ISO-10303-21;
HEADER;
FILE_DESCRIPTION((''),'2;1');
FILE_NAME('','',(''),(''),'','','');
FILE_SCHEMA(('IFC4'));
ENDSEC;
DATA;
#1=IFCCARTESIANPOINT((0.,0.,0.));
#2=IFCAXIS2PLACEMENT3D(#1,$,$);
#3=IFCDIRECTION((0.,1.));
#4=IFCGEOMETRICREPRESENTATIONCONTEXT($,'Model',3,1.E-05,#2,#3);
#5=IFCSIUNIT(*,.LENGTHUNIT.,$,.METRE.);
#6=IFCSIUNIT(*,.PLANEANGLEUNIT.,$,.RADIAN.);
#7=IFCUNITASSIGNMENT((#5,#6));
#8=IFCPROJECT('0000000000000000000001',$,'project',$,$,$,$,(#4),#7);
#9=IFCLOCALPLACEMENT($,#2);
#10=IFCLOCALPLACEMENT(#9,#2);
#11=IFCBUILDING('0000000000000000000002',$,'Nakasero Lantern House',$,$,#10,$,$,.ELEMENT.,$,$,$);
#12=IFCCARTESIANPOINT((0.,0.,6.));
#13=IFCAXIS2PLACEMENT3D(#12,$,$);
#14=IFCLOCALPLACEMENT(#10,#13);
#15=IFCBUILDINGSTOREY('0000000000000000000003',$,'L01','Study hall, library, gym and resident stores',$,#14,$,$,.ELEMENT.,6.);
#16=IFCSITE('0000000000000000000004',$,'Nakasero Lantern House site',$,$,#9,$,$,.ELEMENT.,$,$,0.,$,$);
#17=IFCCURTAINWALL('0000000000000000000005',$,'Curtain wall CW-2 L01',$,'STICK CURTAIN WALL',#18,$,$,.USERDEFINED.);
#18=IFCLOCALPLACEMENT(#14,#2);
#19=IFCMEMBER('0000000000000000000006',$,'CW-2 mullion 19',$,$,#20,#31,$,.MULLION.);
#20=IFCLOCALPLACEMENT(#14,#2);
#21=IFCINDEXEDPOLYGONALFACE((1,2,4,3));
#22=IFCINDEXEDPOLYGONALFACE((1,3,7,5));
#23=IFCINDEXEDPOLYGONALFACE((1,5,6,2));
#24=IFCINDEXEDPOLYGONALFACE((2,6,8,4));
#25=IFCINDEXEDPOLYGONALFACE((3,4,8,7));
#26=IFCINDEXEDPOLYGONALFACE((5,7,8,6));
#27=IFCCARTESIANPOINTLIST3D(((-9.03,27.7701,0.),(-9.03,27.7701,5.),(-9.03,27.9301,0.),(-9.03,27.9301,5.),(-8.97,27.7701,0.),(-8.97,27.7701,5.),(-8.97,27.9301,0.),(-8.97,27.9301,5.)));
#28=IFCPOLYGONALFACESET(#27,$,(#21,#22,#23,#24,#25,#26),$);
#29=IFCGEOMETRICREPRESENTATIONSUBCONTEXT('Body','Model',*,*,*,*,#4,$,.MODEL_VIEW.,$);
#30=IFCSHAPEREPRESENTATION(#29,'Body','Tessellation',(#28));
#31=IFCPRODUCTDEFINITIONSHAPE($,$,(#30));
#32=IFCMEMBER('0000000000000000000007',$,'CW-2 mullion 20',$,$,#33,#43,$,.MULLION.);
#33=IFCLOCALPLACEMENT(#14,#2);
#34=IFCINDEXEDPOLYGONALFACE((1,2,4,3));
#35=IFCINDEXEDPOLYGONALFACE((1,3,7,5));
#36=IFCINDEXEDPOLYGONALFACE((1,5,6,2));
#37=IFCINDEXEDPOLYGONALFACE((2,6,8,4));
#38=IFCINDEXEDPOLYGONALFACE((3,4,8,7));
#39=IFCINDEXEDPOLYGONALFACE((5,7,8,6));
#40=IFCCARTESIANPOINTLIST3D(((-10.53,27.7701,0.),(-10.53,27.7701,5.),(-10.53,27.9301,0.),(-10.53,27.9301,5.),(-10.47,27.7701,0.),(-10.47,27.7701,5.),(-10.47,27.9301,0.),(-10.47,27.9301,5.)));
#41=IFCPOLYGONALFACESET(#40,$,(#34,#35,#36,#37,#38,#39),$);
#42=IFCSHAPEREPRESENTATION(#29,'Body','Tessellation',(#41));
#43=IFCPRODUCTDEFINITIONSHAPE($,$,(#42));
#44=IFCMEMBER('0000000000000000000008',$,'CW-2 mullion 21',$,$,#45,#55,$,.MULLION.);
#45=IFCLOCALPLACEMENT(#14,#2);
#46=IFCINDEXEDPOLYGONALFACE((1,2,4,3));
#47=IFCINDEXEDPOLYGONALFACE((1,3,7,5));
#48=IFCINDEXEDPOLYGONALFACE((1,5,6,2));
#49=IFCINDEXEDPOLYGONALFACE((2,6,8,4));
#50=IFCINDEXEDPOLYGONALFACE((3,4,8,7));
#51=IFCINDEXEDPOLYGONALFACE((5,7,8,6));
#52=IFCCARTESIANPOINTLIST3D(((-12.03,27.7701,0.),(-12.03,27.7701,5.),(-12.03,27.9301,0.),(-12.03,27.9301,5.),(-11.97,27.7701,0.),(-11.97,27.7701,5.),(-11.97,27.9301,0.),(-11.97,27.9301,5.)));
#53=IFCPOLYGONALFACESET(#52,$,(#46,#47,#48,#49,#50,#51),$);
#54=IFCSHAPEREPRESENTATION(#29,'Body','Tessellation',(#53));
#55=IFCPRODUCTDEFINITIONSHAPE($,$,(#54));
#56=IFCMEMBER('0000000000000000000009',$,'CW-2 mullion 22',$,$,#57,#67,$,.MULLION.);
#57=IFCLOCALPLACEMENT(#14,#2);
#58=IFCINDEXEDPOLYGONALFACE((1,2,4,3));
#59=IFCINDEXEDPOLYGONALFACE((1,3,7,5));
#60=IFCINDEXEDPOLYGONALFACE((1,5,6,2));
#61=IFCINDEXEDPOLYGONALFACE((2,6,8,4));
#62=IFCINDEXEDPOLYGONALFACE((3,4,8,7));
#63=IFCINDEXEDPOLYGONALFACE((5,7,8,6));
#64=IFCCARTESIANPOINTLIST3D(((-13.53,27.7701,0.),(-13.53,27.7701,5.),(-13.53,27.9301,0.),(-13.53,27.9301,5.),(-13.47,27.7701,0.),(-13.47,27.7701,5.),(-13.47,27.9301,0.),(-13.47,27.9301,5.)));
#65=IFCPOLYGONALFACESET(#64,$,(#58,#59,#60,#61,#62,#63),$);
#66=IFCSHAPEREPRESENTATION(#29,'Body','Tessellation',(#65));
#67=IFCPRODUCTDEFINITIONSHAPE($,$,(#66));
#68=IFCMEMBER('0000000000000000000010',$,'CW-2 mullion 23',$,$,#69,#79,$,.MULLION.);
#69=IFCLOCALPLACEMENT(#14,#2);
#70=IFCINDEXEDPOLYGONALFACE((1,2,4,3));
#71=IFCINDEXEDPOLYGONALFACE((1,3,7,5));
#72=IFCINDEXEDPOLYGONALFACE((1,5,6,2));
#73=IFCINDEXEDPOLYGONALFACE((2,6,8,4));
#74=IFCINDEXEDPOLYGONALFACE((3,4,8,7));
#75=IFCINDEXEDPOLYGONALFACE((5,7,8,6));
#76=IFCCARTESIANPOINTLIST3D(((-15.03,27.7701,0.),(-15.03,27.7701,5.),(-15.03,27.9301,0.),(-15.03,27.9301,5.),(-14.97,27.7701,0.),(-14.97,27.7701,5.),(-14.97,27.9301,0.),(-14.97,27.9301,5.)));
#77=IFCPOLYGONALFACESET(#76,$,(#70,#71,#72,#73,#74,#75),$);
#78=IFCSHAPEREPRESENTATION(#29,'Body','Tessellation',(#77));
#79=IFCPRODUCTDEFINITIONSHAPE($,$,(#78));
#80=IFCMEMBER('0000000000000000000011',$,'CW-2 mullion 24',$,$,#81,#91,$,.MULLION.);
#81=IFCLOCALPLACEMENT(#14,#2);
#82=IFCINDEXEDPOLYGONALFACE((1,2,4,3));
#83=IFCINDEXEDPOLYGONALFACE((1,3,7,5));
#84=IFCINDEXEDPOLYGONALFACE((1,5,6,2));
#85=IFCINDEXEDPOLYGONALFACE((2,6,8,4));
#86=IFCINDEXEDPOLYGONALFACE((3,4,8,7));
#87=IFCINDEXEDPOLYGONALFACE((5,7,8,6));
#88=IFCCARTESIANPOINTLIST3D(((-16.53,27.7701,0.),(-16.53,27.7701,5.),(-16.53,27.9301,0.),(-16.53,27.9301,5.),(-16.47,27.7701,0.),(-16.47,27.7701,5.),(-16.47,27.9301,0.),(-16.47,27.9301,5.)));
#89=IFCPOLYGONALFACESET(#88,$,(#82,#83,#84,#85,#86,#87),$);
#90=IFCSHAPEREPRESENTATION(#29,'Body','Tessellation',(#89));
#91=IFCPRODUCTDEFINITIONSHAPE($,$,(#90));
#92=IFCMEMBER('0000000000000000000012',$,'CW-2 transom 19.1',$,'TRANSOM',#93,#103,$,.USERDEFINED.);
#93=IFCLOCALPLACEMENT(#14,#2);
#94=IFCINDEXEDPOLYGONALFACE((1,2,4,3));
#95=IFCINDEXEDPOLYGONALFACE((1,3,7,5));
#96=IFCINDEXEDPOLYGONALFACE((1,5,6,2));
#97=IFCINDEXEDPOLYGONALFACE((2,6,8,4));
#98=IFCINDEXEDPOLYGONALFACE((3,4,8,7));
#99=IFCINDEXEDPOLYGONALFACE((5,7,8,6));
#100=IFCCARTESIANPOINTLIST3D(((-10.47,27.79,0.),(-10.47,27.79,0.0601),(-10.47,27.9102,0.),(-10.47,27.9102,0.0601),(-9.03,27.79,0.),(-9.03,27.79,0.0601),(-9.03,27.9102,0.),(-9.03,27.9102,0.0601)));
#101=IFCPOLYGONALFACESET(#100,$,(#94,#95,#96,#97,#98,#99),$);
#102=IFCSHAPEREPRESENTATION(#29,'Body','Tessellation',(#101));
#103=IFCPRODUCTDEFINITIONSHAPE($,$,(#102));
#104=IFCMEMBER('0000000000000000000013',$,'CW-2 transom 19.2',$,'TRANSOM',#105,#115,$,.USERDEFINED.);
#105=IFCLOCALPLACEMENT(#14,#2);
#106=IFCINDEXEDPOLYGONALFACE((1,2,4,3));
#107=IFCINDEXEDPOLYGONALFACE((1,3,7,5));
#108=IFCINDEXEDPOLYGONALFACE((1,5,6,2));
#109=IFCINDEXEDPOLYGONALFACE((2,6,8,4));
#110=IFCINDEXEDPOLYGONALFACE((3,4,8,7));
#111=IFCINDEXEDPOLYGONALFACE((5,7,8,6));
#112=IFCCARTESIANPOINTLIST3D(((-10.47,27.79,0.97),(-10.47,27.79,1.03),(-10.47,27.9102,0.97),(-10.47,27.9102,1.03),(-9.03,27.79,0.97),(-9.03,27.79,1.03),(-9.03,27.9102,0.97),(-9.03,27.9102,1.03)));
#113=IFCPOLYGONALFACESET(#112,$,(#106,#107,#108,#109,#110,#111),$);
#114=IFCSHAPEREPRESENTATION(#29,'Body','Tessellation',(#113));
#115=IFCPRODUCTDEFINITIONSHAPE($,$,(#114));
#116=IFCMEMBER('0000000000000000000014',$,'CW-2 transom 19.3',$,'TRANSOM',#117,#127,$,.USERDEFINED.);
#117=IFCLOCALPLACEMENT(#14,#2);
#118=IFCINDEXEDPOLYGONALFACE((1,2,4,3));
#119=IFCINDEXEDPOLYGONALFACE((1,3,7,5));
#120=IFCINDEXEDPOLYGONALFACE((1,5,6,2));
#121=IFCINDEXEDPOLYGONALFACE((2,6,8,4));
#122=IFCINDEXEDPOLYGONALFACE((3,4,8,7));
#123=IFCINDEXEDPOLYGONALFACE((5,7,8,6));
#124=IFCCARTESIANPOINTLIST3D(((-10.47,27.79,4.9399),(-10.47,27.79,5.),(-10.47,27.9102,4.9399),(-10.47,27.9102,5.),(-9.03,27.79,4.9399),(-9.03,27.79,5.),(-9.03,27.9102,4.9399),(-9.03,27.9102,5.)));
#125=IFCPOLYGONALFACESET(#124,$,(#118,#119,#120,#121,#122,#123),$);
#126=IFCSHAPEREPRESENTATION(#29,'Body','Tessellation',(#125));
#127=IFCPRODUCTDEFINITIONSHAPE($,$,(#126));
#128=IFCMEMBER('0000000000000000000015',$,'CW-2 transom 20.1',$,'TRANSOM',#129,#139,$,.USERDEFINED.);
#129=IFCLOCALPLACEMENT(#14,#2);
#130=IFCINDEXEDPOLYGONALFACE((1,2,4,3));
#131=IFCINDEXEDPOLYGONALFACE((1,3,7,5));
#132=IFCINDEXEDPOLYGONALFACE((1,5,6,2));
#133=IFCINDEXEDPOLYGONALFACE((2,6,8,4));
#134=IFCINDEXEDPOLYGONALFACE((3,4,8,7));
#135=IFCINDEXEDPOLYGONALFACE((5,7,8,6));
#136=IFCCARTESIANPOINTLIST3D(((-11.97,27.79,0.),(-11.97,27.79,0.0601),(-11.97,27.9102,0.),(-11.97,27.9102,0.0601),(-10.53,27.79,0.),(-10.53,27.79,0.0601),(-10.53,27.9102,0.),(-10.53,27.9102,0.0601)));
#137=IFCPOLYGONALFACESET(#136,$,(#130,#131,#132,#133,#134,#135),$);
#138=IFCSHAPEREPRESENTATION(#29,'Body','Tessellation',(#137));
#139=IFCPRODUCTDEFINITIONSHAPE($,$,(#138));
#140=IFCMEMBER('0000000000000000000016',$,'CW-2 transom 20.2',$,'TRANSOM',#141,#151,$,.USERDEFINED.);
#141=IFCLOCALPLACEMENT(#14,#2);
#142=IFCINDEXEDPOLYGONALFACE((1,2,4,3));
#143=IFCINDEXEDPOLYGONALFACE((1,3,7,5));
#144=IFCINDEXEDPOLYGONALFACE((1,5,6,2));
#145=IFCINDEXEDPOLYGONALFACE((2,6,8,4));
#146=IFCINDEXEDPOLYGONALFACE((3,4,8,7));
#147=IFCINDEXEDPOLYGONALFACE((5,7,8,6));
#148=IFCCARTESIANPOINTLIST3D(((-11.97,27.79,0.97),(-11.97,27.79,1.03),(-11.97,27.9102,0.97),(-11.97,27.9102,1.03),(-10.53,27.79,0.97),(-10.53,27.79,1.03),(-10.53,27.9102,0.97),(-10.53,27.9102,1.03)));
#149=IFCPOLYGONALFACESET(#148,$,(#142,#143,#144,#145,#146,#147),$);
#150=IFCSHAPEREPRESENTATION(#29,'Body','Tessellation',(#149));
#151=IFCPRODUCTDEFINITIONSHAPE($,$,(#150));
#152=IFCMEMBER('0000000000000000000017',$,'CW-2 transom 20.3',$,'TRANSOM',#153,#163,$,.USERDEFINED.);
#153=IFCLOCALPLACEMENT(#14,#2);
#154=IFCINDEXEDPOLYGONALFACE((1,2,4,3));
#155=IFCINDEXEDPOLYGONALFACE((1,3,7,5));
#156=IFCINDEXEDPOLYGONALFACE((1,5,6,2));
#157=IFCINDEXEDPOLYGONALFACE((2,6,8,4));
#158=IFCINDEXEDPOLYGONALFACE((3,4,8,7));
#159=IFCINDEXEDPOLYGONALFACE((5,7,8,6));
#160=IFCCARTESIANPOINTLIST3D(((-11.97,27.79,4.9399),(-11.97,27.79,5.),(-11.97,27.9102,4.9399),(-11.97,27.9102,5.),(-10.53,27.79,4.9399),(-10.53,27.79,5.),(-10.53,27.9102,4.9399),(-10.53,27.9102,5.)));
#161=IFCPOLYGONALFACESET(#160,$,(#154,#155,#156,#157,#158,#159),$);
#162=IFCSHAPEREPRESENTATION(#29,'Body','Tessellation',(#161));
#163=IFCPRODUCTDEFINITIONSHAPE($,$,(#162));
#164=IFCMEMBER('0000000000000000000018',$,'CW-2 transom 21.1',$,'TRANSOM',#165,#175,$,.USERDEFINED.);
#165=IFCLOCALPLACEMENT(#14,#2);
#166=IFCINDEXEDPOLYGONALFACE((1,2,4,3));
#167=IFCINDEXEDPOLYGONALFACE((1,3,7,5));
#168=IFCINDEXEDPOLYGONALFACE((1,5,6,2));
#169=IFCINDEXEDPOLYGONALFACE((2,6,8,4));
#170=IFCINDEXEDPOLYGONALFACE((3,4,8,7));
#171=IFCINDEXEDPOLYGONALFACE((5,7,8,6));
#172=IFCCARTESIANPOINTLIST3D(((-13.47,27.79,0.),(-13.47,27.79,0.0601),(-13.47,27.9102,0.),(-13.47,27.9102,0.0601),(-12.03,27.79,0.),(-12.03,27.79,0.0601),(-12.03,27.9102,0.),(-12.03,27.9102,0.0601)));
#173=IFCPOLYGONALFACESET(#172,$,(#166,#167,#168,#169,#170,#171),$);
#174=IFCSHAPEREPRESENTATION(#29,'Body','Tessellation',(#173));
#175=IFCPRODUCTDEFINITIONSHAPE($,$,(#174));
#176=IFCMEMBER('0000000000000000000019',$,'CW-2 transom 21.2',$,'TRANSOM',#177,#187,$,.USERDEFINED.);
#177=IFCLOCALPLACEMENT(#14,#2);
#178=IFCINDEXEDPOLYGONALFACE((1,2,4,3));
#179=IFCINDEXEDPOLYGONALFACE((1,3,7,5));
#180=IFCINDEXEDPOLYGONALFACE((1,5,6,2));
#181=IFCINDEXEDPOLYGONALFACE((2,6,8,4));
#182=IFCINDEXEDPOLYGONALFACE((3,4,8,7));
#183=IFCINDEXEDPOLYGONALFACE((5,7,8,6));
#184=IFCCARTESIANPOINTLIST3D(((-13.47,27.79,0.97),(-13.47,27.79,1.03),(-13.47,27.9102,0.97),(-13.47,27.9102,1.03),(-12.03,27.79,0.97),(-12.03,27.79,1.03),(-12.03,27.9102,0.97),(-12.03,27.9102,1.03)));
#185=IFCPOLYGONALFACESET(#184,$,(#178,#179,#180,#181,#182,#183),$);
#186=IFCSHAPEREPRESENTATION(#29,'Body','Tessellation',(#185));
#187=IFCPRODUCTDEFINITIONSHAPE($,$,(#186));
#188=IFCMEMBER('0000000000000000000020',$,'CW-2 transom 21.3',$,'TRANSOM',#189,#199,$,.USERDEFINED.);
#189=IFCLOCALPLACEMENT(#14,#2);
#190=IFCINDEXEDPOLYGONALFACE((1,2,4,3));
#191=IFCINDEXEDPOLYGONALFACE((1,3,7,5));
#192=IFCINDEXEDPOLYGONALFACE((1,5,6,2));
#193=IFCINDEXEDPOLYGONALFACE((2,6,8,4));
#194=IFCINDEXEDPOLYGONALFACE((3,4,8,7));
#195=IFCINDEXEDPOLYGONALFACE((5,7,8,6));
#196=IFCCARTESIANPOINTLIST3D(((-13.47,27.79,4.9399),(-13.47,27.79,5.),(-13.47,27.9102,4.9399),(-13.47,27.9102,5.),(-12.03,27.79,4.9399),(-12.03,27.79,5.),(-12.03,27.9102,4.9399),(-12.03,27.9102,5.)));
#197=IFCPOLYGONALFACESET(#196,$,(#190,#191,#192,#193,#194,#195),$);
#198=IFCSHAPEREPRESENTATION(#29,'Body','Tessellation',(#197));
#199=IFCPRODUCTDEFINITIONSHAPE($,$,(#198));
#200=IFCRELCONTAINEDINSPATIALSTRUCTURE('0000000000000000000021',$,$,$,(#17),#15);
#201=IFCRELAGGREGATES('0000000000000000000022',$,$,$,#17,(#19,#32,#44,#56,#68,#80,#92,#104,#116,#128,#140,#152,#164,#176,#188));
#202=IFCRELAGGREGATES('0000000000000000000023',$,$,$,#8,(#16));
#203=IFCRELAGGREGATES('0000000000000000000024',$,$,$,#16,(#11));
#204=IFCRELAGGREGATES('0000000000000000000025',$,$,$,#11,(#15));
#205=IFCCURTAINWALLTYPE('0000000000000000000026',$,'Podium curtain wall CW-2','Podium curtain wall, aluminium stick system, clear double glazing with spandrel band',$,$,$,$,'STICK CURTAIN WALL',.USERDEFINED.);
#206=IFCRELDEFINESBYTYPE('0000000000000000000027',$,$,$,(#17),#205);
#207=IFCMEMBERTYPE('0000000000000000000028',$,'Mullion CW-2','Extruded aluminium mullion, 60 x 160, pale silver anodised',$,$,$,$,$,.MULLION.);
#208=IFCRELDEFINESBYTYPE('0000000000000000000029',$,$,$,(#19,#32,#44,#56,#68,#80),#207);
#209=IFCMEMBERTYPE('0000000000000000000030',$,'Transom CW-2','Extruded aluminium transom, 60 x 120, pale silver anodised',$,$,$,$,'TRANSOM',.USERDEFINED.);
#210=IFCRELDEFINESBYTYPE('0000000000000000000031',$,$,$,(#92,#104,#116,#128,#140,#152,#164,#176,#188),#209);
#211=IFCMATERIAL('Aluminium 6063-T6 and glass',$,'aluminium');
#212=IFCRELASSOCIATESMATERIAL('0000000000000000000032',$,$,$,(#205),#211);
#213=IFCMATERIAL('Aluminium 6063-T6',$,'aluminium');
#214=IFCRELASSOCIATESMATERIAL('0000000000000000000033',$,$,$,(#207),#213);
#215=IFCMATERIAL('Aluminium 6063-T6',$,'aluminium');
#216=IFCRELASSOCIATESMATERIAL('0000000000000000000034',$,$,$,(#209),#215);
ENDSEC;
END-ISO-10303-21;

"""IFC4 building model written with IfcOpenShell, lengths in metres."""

from ifc_helpers import new_model, si_unit, direction, frame, origin, origin_2d, place, context, subcontext, project, spatial, rectangle, extrude, material, material_profile, profile_set, type_object, element, aggregate, save


model = new_model("IFC4")

# Units and contexts
model_context = context("Model", 3, precision=1e-05, world=origin(), true_north=direction((0.0, 1.0)))
body_context = subcontext(model_context, "Body", "Model", "MODEL_VIEW")
ifc_project = project(units=[si_unit("LENGTHUNIT", "METRE"), si_unit("PLANEANGLEUNIT", "RADIAN")], contexts=[model_context])

# Site, building, storey
site_placement = place(None, origin())
site = spatial("IfcSite", under=ifc_project, at=site_placement, Name="Nakasero Lantern House site", CompositionType="ELEMENT", RefElevation=0.0)
building_placement = place(site_placement, origin())
building = spatial("IfcBuilding", under=site, at=building_placement, Name="Nakasero Lantern House", CompositionType="ELEMENT")
storey_placement = place(building_placement, frame((0.0, 0.0, 6.0)))
storey = spatial("IfcBuildingStorey", under=building, at=storey_placement, Name="L01", Description="Study hall, library, gym and resident stores", CompositionType="ELEMENT", Elevation=6.0)

# Curtain wall, members
ifc_material_1 = material(Name="Aluminium 6063-T6 and glass", Category="aluminium")
curtain_wall_type = type_object("IfcCurtainWallType", Name="Podium curtain wall CW-2", Description="Podium curtain wall, aluminium stick system, clear double glazing with spandrel band", ElementType="STICK CURTAIN WALL", PredefinedType="USERDEFINED", material=ifc_material_1)
curtain_wall_placement = place(storey_placement, origin())
curtain_wall = element("IfcCurtainWall", 1, at=curtain_wall_placement, inside=storey, type_object=curtain_wall_type, Name="Curtain wall CW-2 L01", ObjectType="STICK CURTAIN WALL", PredefinedType="USERDEFINED")
ifc_material_2 = material(Name="Aluminium 6063-T6", Category="aluminium")
ifc_material_profile_1 = material_profile(ifc_material_2, rectangle(XDim=0.0601, YDim=0.1599, at=origin_2d()), Name="CW-2 mullion 60x160")
ifc_profile_set_1 = profile_set([ifc_material_profile_1], Name="Aluminium 6063-T6")
member_type_1 = type_object("IfcMemberType", Name="Mullion CW-2", Description="Extruded aluminium mullion, 60 x 160, pale silver anodised", PredefinedType="MULLION", material=ifc_profile_set_1)
member_1_placement = place(storey_placement, frame((-9.0, 27.8501, 0.0), z_axis=(0.0, 0.0, 1.0), x_axis=(-1.0, 0.0, 0.0)))
member_1 = element("IfcMember", 2, at=member_1_placement, type_object=member_type_1, Name="CW-2 mullion 19", PredefinedType="MULLION", context=body_context, shape_type="SweptSolid", body=[
    extrude(rectangle(XDim=0.0601, YDim=0.1599, at=origin_2d()), origin(), (0.0, 0.0, 1.0), 5.0),
])
member_2_placement = place(storey_placement, frame((-10.5, 27.8501, 0.0), z_axis=(0.0, 0.0, 1.0), x_axis=(-1.0, 0.0, 0.0)))
member_2 = element("IfcMember", 3, at=member_2_placement, type_object=member_type_1, Name="CW-2 mullion 20", PredefinedType="MULLION", context=body_context, shape_type="SweptSolid", body=[
    extrude(rectangle(XDim=0.0601, YDim=0.1599, at=origin_2d()), origin(), (0.0, 0.0, 1.0), 5.0),
])
member_3_placement = place(storey_placement, frame((-12.0, 27.8501, 0.0), z_axis=(0.0, 0.0, 1.0), x_axis=(-1.0, 0.0, 0.0)))
member_3 = element("IfcMember", 4, at=member_3_placement, type_object=member_type_1, Name="CW-2 mullion 21", PredefinedType="MULLION", context=body_context, shape_type="SweptSolid", body=[
    extrude(rectangle(XDim=0.0601, YDim=0.1599, at=origin_2d()), origin(), (0.0, 0.0, 1.0), 5.0),
])
member_4_placement = place(storey_placement, frame((-13.5, 27.8501, 0.0), z_axis=(0.0, 0.0, 1.0), x_axis=(-1.0, 0.0, 0.0)))
member_4 = element("IfcMember", 5, at=member_4_placement, type_object=member_type_1, Name="CW-2 mullion 22", PredefinedType="MULLION", context=body_context, shape_type="SweptSolid", body=[
    extrude(rectangle(XDim=0.0601, YDim=0.1599, at=origin_2d()), origin(), (0.0, 0.0, 1.0), 5.0),
])
member_5_placement = place(storey_placement, frame((-15.0, 27.8501, 0.0), z_axis=(0.0, 0.0, 1.0), x_axis=(-1.0, 0.0, 0.0)))
member_5 = element("IfcMember", 6, at=member_5_placement, type_object=member_type_1, Name="CW-2 mullion 23", PredefinedType="MULLION", context=body_context, shape_type="SweptSolid", body=[
    extrude(rectangle(XDim=0.0601, YDim=0.1599, at=origin_2d()), origin(), (0.0, 0.0, 1.0), 5.0),
])
member_6_placement = place(storey_placement, frame((-16.5, 27.8501, 0.0), z_axis=(0.0, 0.0, 1.0), x_axis=(-1.0, 0.0, 0.0)))
member_6 = element("IfcMember", 7, at=member_6_placement, type_object=member_type_1, Name="CW-2 mullion 24", PredefinedType="MULLION", context=body_context, shape_type="SweptSolid", body=[
    extrude(rectangle(XDim=0.0601, YDim=0.1599, at=origin_2d()), origin(), (0.0, 0.0, 1.0), 5.0),
])
ifc_material_3 = material(Name="Aluminium 6063-T6", Category="aluminium")
ifc_material_profile_2 = material_profile(ifc_material_3, rectangle(XDim=0.0601, YDim=0.1201, at=origin_2d()), Name="CW-2 transom 60x120")
ifc_profile_set_2 = profile_set([ifc_material_profile_2], Name="Aluminium 6063-T6")
member_type_2 = type_object("IfcMemberType", Name="Transom CW-2", Description="Extruded aluminium transom, 60 x 120, pale silver anodised", ElementType="TRANSOM", PredefinedType="USERDEFINED", material=ifc_profile_set_2)
member_7_placement = place(storey_placement, frame((-9.03, 27.8501, 0.03), z_axis=(-1.0, 0.0, 0.0), x_axis=(0.0, 0.0, 1.0)))
member_7 = element("IfcMember", 8, at=member_7_placement, type_object=member_type_2, Name="CW-2 transom 19.1", ObjectType="TRANSOM", PredefinedType="USERDEFINED", context=body_context, shape_type="SweptSolid", body=[
    extrude(rectangle(XDim=0.0601, YDim=0.1201, at=origin_2d()), origin(), (0.0, 0.0, 1.0), 1.4399),
])
member_8_placement = place(storey_placement, frame((-9.03, 27.8501, 1.0), z_axis=(-1.0, 0.0, 0.0), x_axis=(0.0, 0.0, 1.0)))
member_8 = element("IfcMember", 9, at=member_8_placement, type_object=member_type_2, Name="CW-2 transom 19.2", ObjectType="TRANSOM", PredefinedType="USERDEFINED", context=body_context, shape_type="SweptSolid", body=[
    extrude(rectangle(XDim=0.0601, YDim=0.1201, at=origin_2d()), origin(), (0.0, 0.0, 1.0), 1.4399),
])
member_9_placement = place(storey_placement, frame((-9.03, 27.8501, 4.97), z_axis=(-1.0, 0.0, 0.0), x_axis=(0.0, 0.0, 1.0)))
member_9 = element("IfcMember", 10, at=member_9_placement, type_object=member_type_2, Name="CW-2 transom 19.3", ObjectType="TRANSOM", PredefinedType="USERDEFINED", context=body_context, shape_type="SweptSolid", body=[
    extrude(rectangle(XDim=0.0601, YDim=0.1201, at=origin_2d()), origin(), (0.0, 0.0, 1.0), 1.4399),
])
member_10_placement = place(storey_placement, frame((-10.53, 27.8501, 0.03), z_axis=(-1.0, 0.0, 0.0), x_axis=(0.0, 0.0, 1.0)))
member_10 = element("IfcMember", 11, at=member_10_placement, type_object=member_type_2, Name="CW-2 transom 20.1", ObjectType="TRANSOM", PredefinedType="USERDEFINED", context=body_context, shape_type="SweptSolid", body=[
    extrude(rectangle(XDim=0.0601, YDim=0.1201, at=origin_2d()), origin(), (0.0, 0.0, 1.0), 1.4399),
])
member_11_placement = place(storey_placement, frame((-10.53, 27.8501, 1.0), z_axis=(-1.0, 0.0, 0.0), x_axis=(0.0, 0.0, 1.0)))
member_11 = element("IfcMember", 12, at=member_11_placement, type_object=member_type_2, Name="CW-2 transom 20.2", ObjectType="TRANSOM", PredefinedType="USERDEFINED", context=body_context, shape_type="SweptSolid", body=[
    extrude(rectangle(XDim=0.0601, YDim=0.1201, at=origin_2d()), origin(), (0.0, 0.0, 1.0), 1.4399),
])
member_12_placement = place(storey_placement, frame((-10.53, 27.8501, 4.97), z_axis=(-1.0, 0.0, 0.0), x_axis=(0.0, 0.0, 1.0)))
member_12 = element("IfcMember", 13, at=member_12_placement, type_object=member_type_2, Name="CW-2 transom 20.3", ObjectType="TRANSOM", PredefinedType="USERDEFINED", context=body_context, shape_type="SweptSolid", body=[
    extrude(rectangle(XDim=0.0601, YDim=0.1201, at=origin_2d()), origin(), (0.0, 0.0, 1.0), 1.4399),
])
member_13_placement = place(storey_placement, frame((-12.03, 27.8501, 0.03), z_axis=(-1.0, 0.0, 0.0), x_axis=(0.0, 0.0, 1.0)))
member_13 = element("IfcMember", 14, at=member_13_placement, type_object=member_type_2, Name="CW-2 transom 21.1", ObjectType="TRANSOM", PredefinedType="USERDEFINED", context=body_context, shape_type="SweptSolid", body=[
    extrude(rectangle(XDim=0.0601, YDim=0.1201, at=origin_2d()), origin(), (0.0, 0.0, 1.0), 1.4399),
])
member_14_placement = place(storey_placement, frame((-12.03, 27.8501, 1.0), z_axis=(-1.0, 0.0, 0.0), x_axis=(0.0, 0.0, 1.0)))
member_14 = element("IfcMember", 15, at=member_14_placement, type_object=member_type_2, Name="CW-2 transom 21.2", ObjectType="TRANSOM", PredefinedType="USERDEFINED", context=body_context, shape_type="SweptSolid", body=[
    extrude(rectangle(XDim=0.0601, YDim=0.1201, at=origin_2d()), origin(), (0.0, 0.0, 1.0), 1.4399),
])
member_15_placement = place(storey_placement, frame((-12.03, 27.8501, 4.97), z_axis=(-1.0, 0.0, 0.0), x_axis=(0.0, 0.0, 1.0)))
member_15 = element("IfcMember", 16, at=member_15_placement, type_object=member_type_2, Name="CW-2 transom 21.3", ObjectType="TRANSOM", PredefinedType="USERDEFINED", context=body_context, shape_type="SweptSolid", body=[
    extrude(rectangle(XDim=0.0601, YDim=0.1201, at=origin_2d()), origin(), (0.0, 0.0, 1.0), 1.4399),
])
aggregate(curtain_wall, [member_1, member_2, member_3, member_4, member_5, member_6, member_7, member_8, member_9, member_10, member_11, member_12, member_13, member_14, member_15])

save(model, "model.ifc")
